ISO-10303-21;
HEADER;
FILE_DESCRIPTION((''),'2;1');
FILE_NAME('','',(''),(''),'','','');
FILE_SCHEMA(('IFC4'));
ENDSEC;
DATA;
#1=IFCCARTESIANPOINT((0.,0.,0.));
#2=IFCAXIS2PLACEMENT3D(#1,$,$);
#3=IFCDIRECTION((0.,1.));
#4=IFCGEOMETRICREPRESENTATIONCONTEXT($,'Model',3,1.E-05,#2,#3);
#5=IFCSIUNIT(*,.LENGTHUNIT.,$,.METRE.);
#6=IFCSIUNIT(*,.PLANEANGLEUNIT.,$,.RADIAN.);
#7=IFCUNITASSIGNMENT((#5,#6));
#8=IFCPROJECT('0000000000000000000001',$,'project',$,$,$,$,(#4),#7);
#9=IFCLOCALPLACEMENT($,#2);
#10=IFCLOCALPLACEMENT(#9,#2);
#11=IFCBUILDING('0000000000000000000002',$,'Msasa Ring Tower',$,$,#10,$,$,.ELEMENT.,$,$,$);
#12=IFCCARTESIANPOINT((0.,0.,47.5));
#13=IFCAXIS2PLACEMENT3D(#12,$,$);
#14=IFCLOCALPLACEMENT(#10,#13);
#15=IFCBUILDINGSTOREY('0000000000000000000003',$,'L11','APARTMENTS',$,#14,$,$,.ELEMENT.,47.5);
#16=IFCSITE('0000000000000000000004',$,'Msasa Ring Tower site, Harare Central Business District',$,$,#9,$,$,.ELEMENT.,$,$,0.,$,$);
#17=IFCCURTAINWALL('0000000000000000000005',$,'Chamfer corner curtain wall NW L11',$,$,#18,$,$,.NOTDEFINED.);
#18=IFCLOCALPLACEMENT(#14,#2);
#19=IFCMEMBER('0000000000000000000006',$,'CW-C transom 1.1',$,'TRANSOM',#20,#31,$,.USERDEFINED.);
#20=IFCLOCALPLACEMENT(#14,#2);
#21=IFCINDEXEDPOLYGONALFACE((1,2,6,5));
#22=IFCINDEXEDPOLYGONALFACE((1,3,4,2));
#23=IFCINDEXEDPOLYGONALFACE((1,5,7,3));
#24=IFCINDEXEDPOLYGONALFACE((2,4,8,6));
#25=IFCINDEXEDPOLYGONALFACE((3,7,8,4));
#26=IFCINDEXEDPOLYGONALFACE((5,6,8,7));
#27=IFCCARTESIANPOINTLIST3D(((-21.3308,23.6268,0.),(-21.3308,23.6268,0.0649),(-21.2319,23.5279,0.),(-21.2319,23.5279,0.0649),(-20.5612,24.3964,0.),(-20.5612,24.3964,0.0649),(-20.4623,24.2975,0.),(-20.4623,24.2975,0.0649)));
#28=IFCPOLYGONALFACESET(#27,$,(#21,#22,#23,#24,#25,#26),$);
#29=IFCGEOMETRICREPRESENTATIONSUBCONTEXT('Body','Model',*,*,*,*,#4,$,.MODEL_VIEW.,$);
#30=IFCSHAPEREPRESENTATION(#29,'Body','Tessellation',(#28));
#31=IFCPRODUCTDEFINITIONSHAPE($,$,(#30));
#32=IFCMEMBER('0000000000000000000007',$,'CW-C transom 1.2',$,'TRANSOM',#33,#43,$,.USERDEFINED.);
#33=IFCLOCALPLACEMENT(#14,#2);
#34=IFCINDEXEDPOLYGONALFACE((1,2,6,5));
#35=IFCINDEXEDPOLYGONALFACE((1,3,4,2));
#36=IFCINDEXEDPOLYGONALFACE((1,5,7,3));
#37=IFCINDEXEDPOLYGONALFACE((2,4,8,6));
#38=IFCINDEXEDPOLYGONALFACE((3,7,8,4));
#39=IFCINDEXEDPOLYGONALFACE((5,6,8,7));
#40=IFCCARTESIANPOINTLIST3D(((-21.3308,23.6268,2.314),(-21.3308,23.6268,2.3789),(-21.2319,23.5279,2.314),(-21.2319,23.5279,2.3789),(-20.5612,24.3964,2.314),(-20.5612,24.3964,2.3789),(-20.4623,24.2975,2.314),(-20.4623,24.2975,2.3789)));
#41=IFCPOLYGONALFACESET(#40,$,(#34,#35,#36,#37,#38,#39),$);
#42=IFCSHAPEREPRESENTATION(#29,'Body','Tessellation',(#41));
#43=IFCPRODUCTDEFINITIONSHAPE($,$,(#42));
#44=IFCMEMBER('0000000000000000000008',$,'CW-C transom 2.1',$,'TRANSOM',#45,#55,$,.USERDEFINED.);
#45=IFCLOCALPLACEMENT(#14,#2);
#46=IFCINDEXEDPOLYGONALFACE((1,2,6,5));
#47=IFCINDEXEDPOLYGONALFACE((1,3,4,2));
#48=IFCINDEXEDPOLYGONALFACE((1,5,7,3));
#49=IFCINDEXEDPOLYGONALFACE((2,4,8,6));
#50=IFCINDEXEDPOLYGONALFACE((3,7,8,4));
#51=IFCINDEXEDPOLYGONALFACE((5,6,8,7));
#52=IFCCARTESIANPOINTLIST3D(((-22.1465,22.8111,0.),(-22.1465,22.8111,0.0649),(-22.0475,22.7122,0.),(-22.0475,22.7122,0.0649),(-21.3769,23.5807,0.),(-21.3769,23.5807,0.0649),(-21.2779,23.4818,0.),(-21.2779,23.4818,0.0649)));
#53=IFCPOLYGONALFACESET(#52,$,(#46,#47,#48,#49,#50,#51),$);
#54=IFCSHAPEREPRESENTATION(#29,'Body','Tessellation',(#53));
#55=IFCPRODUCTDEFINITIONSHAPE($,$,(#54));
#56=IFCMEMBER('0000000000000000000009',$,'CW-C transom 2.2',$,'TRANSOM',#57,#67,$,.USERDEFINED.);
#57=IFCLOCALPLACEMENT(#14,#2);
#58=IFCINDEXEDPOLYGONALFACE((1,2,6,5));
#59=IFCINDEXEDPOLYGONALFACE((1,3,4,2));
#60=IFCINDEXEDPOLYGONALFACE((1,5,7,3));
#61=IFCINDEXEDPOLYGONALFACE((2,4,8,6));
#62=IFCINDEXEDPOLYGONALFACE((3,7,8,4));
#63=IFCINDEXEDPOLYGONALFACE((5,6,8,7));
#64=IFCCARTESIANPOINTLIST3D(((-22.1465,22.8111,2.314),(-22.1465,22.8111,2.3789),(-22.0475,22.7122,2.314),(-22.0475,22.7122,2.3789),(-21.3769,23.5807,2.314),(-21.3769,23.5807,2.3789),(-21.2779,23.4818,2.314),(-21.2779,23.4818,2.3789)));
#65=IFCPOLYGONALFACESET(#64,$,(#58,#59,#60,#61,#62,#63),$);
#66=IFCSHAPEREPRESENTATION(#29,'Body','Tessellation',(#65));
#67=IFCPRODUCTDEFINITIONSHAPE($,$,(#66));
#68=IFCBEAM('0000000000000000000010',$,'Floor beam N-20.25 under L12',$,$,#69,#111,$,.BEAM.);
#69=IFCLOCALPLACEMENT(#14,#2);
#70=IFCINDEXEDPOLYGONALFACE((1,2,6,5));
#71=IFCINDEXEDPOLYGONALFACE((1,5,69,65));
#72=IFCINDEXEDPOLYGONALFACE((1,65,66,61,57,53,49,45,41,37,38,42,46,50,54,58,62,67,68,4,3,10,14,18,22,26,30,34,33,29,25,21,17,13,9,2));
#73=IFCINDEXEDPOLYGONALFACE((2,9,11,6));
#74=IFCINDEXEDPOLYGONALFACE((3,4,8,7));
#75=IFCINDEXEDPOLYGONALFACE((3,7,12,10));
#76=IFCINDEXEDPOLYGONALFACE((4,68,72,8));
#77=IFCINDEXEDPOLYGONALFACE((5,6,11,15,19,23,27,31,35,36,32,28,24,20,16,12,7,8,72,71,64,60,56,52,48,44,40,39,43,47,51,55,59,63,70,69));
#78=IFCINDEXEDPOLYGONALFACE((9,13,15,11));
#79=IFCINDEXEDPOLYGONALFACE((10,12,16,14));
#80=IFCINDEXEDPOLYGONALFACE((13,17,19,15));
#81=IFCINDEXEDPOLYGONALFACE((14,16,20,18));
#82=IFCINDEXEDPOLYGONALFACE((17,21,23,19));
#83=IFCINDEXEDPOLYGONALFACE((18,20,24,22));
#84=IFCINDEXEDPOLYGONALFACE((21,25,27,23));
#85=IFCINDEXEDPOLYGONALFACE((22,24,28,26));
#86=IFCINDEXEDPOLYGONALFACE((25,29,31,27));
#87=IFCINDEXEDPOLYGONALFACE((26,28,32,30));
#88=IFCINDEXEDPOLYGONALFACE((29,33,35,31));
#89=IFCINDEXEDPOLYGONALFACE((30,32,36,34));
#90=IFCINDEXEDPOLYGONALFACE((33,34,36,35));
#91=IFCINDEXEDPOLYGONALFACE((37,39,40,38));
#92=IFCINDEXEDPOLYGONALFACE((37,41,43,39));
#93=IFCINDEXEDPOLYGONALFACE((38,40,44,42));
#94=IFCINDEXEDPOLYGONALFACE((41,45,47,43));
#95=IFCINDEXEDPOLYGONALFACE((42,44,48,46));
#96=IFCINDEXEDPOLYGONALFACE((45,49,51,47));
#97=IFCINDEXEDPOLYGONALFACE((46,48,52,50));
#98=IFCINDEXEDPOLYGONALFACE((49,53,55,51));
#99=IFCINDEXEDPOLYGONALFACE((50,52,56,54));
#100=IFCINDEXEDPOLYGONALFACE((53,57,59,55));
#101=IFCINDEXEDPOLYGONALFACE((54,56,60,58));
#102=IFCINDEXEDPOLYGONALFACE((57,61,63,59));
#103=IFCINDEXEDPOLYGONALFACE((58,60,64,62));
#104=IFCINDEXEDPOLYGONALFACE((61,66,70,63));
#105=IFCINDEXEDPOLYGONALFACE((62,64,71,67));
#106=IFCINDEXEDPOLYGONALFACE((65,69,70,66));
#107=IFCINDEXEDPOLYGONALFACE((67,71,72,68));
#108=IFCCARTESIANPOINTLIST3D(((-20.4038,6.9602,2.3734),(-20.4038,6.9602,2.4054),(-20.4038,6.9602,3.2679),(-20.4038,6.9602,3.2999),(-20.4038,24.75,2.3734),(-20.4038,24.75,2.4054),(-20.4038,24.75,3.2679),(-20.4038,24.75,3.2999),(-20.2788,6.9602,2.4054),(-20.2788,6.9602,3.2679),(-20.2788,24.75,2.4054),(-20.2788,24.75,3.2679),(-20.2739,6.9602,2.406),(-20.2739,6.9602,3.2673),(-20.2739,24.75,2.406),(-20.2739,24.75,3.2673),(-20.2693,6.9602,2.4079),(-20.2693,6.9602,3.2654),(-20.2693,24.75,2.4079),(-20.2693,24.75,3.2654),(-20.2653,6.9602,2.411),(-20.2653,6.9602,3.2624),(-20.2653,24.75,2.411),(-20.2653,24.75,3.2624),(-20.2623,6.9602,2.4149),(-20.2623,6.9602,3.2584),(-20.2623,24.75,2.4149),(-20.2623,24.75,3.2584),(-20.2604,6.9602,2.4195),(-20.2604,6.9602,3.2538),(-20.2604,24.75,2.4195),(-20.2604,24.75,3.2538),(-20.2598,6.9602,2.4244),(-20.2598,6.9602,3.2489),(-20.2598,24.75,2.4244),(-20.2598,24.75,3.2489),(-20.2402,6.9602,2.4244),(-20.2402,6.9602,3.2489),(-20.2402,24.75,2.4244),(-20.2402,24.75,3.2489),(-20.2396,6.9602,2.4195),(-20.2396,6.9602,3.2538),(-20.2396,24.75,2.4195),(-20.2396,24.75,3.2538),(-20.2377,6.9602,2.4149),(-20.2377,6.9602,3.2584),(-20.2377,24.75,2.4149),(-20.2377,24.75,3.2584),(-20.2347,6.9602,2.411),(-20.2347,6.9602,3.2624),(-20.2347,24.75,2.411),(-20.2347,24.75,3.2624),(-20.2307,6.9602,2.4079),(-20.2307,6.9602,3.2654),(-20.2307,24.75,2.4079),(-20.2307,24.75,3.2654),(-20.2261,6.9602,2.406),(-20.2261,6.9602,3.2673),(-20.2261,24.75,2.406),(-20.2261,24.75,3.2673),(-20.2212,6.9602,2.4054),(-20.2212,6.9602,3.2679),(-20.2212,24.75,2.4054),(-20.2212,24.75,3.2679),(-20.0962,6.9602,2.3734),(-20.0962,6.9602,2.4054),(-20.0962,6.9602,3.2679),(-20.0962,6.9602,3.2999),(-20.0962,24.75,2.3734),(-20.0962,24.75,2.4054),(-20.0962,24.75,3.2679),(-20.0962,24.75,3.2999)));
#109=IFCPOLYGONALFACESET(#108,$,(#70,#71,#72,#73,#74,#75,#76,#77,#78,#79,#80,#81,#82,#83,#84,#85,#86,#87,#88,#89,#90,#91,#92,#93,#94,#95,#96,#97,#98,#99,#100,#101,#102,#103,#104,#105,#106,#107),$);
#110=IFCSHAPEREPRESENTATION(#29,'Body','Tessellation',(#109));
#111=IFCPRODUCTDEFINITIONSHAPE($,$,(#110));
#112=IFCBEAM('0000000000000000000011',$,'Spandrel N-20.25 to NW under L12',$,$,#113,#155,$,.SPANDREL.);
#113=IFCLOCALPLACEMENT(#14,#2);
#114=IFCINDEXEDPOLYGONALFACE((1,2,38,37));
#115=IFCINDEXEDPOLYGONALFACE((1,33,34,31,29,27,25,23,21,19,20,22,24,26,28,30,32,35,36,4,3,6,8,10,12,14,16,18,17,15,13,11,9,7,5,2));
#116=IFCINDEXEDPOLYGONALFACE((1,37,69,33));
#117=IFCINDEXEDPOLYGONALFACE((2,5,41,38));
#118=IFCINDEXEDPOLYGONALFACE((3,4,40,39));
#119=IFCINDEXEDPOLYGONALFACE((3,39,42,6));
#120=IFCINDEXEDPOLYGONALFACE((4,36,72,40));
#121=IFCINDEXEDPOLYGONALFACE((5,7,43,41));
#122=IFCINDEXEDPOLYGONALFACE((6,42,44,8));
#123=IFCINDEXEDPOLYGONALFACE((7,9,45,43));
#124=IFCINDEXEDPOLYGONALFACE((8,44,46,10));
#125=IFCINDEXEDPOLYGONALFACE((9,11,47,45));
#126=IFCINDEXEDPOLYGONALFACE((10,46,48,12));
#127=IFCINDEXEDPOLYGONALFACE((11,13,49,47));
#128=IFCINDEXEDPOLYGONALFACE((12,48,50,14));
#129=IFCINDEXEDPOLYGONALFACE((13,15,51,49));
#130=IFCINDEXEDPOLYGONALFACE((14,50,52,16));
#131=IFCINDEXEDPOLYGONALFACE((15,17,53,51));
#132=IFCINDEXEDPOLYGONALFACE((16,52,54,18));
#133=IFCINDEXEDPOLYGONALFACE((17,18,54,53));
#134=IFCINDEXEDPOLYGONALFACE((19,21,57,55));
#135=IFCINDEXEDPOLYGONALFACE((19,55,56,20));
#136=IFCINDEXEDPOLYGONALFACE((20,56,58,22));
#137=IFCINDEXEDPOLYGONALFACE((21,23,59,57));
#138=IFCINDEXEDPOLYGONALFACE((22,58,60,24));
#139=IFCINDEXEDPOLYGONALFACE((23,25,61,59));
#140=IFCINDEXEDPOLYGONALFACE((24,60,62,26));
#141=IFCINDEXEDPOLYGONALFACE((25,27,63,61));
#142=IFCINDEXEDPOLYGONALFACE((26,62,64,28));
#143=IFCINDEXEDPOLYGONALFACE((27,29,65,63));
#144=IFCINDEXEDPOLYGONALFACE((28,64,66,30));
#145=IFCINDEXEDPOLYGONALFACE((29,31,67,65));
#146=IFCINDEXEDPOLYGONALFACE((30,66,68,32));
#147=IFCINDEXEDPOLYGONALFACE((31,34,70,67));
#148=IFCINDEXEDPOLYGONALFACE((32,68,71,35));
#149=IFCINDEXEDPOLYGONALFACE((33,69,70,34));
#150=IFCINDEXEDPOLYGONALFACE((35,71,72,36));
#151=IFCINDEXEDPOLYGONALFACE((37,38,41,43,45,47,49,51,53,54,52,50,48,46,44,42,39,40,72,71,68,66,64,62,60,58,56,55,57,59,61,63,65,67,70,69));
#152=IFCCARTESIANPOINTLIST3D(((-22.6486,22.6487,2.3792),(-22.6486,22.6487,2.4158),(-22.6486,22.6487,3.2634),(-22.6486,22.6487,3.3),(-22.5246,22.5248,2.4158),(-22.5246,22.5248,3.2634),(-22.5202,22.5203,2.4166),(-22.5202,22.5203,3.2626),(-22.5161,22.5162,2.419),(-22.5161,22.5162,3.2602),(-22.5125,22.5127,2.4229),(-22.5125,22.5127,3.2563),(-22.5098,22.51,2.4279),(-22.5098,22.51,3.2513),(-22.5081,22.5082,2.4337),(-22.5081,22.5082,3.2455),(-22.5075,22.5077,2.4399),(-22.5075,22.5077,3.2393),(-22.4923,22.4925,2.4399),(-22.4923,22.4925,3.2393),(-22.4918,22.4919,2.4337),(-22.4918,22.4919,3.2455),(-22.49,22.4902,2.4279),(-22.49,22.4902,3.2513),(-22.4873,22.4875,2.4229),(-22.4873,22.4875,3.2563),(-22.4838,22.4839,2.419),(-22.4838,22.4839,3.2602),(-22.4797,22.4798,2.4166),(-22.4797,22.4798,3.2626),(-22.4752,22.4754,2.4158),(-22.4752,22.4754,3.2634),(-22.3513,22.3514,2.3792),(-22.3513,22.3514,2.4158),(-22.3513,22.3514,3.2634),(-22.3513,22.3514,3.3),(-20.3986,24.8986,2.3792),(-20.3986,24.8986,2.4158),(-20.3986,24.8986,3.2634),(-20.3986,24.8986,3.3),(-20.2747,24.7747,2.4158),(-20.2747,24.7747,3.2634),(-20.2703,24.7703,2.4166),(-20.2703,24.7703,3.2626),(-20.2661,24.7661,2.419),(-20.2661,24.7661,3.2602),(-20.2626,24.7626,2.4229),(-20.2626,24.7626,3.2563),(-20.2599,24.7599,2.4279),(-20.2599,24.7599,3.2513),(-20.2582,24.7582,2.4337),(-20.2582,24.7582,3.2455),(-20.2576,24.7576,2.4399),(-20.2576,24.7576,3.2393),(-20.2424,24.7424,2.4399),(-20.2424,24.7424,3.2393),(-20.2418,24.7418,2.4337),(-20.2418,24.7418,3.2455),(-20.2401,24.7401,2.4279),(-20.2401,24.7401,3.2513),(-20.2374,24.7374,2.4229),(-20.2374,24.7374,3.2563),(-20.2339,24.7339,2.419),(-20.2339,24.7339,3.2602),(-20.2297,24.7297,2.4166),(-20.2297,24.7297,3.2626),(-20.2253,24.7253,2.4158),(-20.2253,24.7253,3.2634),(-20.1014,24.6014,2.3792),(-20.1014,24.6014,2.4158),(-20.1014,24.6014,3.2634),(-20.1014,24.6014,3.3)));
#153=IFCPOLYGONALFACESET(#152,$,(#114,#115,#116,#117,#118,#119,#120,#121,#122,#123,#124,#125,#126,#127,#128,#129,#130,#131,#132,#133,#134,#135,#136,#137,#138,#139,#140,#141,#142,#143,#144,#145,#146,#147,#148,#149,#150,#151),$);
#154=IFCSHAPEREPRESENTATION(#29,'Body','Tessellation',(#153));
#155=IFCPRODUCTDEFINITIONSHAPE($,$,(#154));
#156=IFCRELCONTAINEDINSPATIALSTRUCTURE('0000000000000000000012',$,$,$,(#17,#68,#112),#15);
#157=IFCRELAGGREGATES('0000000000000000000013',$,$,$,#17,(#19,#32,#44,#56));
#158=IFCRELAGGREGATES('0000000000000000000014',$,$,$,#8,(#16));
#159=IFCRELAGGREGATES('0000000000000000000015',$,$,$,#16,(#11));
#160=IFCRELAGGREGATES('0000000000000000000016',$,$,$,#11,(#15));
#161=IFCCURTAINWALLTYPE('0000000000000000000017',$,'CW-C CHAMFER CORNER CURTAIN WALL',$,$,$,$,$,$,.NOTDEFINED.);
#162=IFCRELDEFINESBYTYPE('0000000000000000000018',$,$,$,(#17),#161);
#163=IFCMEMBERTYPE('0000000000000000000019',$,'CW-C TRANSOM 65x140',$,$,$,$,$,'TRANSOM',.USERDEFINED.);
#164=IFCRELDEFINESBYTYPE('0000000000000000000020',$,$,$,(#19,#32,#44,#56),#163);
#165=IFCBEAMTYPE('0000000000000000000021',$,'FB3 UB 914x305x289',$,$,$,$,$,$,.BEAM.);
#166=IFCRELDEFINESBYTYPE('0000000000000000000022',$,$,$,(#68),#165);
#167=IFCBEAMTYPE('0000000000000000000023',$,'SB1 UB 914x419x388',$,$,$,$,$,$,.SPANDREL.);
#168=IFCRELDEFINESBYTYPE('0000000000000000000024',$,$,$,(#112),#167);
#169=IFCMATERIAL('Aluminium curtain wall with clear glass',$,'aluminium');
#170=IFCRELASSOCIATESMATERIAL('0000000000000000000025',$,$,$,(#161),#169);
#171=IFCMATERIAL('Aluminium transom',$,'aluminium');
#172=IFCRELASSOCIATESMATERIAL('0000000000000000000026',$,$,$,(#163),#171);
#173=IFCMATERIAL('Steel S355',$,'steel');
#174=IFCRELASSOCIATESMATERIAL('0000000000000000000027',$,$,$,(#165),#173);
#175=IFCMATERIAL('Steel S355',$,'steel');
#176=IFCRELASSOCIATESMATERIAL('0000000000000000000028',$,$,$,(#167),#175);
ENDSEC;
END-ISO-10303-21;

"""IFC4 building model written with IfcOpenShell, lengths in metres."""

from ifc_helpers import new_model, si_unit, direction, frame, origin, origin_2d, place, context, subcontext, project, spatial, rectangle, i_section, extrude, material, material_profile, profile_set, type_object, element, aggregate, save


model = new_model("IFC4")

# Units and contexts
model_context = context("Model", 3, precision=1e-05, world=origin(), true_north=direction((0.0, 1.0)))
body_context = subcontext(model_context, "Body", "Model", "MODEL_VIEW")
ifc_project = project(units=[si_unit("LENGTHUNIT", "METRE"), si_unit("PLANEANGLEUNIT", "RADIAN")], contexts=[model_context])

# Site, building, storey
site_placement = place(None, origin())
site = spatial("IfcSite", under=ifc_project, at=site_placement, Name="Msasa Ring Tower site, Harare Central Business District", CompositionType="ELEMENT", RefElevation=0.0)
building_placement = place(site_placement, origin())
building = spatial("IfcBuilding", under=site, at=building_placement, Name="Msasa Ring Tower", CompositionType="ELEMENT")
storey_placement = place(building_placement, frame((0.0, 0.0, 47.5)))
storey = spatial("IfcBuildingStorey", under=building, at=storey_placement, Name="L11", Description="APARTMENTS", CompositionType="ELEMENT", Elevation=47.5)

# Curtain wall
ifc_material_1 = material(Name="Aluminium curtain wall with clear glass", Category="aluminium")
curtain_wall_type = type_object("IfcCurtainWallType", Name="CW-C CHAMFER CORNER CURTAIN WALL", PredefinedType="NOTDEFINED", material=ifc_material_1)
curtain_wall_1_placement = place(storey_placement, origin())
curtain_wall_1 = element("IfcCurtainWall", 1, at=curtain_wall_1_placement, inside=storey, type_object=curtain_wall_type, Name="Chamfer corner curtain wall NW L11", PredefinedType="NOTDEFINED")

# Members
ifc_material_2 = material(Name="Aluminium transom", Category="aluminium")
ifc_material_profile_1 = material_profile(ifc_material_2, rectangle(XDim=0.1399, YDim=0.0649, at=origin_2d()), Name="AL 65x140")
ifc_profile_set_1 = profile_set([ifc_material_profile_1], Name="Aluminium transom")
member_type_1 = type_object("IfcMemberType", Name="CW-C TRANSOM 65x140", ElementType="TRANSOM", PredefinedType="USERDEFINED", material=ifc_profile_set_1)
member_1_placement = place(storey_placement, frame((-20.5117, 24.3469, 0.0325), z_axis=(-0.707107, -0.707107, 0.0), x_axis=(0.707107, -0.707107, 0.0)))
member_1 = element("IfcMember", 2, at=member_1_placement, type_object=member_type_1, Name="CW-C transom 1.1", ObjectType="TRANSOM", PredefinedType="USERDEFINED", context=body_context, shape_type="SweptSolid", body=[
    extrude(rectangle(XDim=0.1399, YDim=0.0649, at=origin_2d()), origin(), (0.0, 0.0, 1.0), 1.0884),
])
member_2_placement = place(storey_placement, frame((-20.5117, 24.3469, 2.3464), z_axis=(-0.707107, -0.707107, 0.0), x_axis=(0.707107, -0.707107, 0.0)))
member_2 = element("IfcMember", 3, at=member_2_placement, type_object=member_type_1, Name="CW-C transom 1.2", ObjectType="TRANSOM", PredefinedType="USERDEFINED", context=body_context, shape_type="SweptSolid", body=[
    extrude(rectangle(XDim=0.1399, YDim=0.0649, at=origin_2d()), origin(), (0.0, 0.0, 1.0), 1.0884),
])
member_3_placement = place(storey_placement, frame((-21.3274, 23.5312, 0.0325), z_axis=(-0.707107, -0.707107, 0.0), x_axis=(0.707107, -0.707107, 0.0)))
member_3 = element("IfcMember", 4, at=member_3_placement, type_object=member_type_1, Name="CW-C transom 2.1", ObjectType="TRANSOM", PredefinedType="USERDEFINED", context=body_context, shape_type="SweptSolid", body=[
    extrude(rectangle(XDim=0.1399, YDim=0.0649, at=origin_2d()), origin(), (0.0, 0.0, 1.0), 1.0884),
])
member_4_placement = place(storey_placement, frame((-21.3274, 23.5312, 2.3464), z_axis=(-0.707107, -0.707107, 0.0), x_axis=(0.707107, -0.707107, 0.0)))
member_4 = element("IfcMember", 5, at=member_4_placement, type_object=member_type_1, Name="CW-C transom 2.2", ObjectType="TRANSOM", PredefinedType="USERDEFINED", context=body_context, shape_type="SweptSolid", body=[
    extrude(rectangle(XDim=0.1399, YDim=0.0649, at=origin_2d()), origin(), (0.0, 0.0, 1.0), 1.0884),
])

# Beams
ifc_material_3 = material(Name="Steel S355", Category="steel")
ifc_material_profile_2 = material_profile(ifc_material_3, i_section(OverallWidth=0.3076, OverallDepth=0.9265, WebThickness=0.0195, FlangeThickness=0.032, FilletRadius=0.019, at=origin_2d()), Name="UB 914x305x289")
ifc_profile_set_2 = profile_set([ifc_material_profile_2], Name="Steel S355")
beam_type_1 = type_object("IfcBeamType", Name="FB3 UB 914x305x289", PredefinedType="BEAM", material=ifc_profile_set_2)
beam_placement = place(storey_placement, frame((-20.25, 24.75, 2.8367), z_axis=(0.0, -1.0, 0.0), x_axis=(1.0, 0.0, 0.0)))
element("IfcBeam", 6, at=beam_placement, inside=storey, type_object=beam_type_1, Name="Floor beam N-20.25 under L12", PredefinedType="BEAM", context=body_context, shape_type="SweptSolid", body=[
    extrude(i_section(OverallWidth=0.3076, OverallDepth=0.9265, WebThickness=0.0195, FlangeThickness=0.032, FilletRadius=0.019, at=origin_2d()), origin(), (0.0, 0.0, 1.0), 17.7898),
])
ifc_material_4 = material(Name="Steel S355", Category="steel")
ifc_material_profile_3 = material_profile(ifc_material_4, i_section(OverallWidth=0.4204, OverallDepth=0.9209, WebThickness=0.0215, FlangeThickness=0.0366, FilletRadius=0.0242, at=origin_2d()), Name="UB 914x419x388")
ifc_profile_set_3 = profile_set([ifc_material_profile_3], Name="Steel S355")
beam_type_2 = type_object("IfcBeamType", Name="SB1 UB 914x419x388", PredefinedType="SPANDREL", material=ifc_profile_set_3)
for number, where, z_axis, x_axis, name in (
    (7, (-20.25, 24.75, 2.8396), (-0.707107, -0.707107, 0.0), (0.707107, -0.707107, 0.0), "Spandrel N-20.25 to NW under L12"),
):
    element("IfcBeam", number, at=place(storey_placement, frame(where, z_axis=z_axis, x_axis=x_axis)), inside=storey, type_object=beam_type_2, Name=name, PredefinedType="SPANDREL", context=body_context, shape_type="SweptSolid", body=[
        extrude(i_section(OverallWidth=0.4204, OverallDepth=0.9209, WebThickness=0.0215, FlangeThickness=0.0366, FilletRadius=0.0242, at=origin_2d()), origin(), (0.0, 0.0, 1.0), 3.1819),
    ])

aggregate(curtain_wall_1, [member_1, member_2, member_3, member_4])

save(model, "model.ifc")
